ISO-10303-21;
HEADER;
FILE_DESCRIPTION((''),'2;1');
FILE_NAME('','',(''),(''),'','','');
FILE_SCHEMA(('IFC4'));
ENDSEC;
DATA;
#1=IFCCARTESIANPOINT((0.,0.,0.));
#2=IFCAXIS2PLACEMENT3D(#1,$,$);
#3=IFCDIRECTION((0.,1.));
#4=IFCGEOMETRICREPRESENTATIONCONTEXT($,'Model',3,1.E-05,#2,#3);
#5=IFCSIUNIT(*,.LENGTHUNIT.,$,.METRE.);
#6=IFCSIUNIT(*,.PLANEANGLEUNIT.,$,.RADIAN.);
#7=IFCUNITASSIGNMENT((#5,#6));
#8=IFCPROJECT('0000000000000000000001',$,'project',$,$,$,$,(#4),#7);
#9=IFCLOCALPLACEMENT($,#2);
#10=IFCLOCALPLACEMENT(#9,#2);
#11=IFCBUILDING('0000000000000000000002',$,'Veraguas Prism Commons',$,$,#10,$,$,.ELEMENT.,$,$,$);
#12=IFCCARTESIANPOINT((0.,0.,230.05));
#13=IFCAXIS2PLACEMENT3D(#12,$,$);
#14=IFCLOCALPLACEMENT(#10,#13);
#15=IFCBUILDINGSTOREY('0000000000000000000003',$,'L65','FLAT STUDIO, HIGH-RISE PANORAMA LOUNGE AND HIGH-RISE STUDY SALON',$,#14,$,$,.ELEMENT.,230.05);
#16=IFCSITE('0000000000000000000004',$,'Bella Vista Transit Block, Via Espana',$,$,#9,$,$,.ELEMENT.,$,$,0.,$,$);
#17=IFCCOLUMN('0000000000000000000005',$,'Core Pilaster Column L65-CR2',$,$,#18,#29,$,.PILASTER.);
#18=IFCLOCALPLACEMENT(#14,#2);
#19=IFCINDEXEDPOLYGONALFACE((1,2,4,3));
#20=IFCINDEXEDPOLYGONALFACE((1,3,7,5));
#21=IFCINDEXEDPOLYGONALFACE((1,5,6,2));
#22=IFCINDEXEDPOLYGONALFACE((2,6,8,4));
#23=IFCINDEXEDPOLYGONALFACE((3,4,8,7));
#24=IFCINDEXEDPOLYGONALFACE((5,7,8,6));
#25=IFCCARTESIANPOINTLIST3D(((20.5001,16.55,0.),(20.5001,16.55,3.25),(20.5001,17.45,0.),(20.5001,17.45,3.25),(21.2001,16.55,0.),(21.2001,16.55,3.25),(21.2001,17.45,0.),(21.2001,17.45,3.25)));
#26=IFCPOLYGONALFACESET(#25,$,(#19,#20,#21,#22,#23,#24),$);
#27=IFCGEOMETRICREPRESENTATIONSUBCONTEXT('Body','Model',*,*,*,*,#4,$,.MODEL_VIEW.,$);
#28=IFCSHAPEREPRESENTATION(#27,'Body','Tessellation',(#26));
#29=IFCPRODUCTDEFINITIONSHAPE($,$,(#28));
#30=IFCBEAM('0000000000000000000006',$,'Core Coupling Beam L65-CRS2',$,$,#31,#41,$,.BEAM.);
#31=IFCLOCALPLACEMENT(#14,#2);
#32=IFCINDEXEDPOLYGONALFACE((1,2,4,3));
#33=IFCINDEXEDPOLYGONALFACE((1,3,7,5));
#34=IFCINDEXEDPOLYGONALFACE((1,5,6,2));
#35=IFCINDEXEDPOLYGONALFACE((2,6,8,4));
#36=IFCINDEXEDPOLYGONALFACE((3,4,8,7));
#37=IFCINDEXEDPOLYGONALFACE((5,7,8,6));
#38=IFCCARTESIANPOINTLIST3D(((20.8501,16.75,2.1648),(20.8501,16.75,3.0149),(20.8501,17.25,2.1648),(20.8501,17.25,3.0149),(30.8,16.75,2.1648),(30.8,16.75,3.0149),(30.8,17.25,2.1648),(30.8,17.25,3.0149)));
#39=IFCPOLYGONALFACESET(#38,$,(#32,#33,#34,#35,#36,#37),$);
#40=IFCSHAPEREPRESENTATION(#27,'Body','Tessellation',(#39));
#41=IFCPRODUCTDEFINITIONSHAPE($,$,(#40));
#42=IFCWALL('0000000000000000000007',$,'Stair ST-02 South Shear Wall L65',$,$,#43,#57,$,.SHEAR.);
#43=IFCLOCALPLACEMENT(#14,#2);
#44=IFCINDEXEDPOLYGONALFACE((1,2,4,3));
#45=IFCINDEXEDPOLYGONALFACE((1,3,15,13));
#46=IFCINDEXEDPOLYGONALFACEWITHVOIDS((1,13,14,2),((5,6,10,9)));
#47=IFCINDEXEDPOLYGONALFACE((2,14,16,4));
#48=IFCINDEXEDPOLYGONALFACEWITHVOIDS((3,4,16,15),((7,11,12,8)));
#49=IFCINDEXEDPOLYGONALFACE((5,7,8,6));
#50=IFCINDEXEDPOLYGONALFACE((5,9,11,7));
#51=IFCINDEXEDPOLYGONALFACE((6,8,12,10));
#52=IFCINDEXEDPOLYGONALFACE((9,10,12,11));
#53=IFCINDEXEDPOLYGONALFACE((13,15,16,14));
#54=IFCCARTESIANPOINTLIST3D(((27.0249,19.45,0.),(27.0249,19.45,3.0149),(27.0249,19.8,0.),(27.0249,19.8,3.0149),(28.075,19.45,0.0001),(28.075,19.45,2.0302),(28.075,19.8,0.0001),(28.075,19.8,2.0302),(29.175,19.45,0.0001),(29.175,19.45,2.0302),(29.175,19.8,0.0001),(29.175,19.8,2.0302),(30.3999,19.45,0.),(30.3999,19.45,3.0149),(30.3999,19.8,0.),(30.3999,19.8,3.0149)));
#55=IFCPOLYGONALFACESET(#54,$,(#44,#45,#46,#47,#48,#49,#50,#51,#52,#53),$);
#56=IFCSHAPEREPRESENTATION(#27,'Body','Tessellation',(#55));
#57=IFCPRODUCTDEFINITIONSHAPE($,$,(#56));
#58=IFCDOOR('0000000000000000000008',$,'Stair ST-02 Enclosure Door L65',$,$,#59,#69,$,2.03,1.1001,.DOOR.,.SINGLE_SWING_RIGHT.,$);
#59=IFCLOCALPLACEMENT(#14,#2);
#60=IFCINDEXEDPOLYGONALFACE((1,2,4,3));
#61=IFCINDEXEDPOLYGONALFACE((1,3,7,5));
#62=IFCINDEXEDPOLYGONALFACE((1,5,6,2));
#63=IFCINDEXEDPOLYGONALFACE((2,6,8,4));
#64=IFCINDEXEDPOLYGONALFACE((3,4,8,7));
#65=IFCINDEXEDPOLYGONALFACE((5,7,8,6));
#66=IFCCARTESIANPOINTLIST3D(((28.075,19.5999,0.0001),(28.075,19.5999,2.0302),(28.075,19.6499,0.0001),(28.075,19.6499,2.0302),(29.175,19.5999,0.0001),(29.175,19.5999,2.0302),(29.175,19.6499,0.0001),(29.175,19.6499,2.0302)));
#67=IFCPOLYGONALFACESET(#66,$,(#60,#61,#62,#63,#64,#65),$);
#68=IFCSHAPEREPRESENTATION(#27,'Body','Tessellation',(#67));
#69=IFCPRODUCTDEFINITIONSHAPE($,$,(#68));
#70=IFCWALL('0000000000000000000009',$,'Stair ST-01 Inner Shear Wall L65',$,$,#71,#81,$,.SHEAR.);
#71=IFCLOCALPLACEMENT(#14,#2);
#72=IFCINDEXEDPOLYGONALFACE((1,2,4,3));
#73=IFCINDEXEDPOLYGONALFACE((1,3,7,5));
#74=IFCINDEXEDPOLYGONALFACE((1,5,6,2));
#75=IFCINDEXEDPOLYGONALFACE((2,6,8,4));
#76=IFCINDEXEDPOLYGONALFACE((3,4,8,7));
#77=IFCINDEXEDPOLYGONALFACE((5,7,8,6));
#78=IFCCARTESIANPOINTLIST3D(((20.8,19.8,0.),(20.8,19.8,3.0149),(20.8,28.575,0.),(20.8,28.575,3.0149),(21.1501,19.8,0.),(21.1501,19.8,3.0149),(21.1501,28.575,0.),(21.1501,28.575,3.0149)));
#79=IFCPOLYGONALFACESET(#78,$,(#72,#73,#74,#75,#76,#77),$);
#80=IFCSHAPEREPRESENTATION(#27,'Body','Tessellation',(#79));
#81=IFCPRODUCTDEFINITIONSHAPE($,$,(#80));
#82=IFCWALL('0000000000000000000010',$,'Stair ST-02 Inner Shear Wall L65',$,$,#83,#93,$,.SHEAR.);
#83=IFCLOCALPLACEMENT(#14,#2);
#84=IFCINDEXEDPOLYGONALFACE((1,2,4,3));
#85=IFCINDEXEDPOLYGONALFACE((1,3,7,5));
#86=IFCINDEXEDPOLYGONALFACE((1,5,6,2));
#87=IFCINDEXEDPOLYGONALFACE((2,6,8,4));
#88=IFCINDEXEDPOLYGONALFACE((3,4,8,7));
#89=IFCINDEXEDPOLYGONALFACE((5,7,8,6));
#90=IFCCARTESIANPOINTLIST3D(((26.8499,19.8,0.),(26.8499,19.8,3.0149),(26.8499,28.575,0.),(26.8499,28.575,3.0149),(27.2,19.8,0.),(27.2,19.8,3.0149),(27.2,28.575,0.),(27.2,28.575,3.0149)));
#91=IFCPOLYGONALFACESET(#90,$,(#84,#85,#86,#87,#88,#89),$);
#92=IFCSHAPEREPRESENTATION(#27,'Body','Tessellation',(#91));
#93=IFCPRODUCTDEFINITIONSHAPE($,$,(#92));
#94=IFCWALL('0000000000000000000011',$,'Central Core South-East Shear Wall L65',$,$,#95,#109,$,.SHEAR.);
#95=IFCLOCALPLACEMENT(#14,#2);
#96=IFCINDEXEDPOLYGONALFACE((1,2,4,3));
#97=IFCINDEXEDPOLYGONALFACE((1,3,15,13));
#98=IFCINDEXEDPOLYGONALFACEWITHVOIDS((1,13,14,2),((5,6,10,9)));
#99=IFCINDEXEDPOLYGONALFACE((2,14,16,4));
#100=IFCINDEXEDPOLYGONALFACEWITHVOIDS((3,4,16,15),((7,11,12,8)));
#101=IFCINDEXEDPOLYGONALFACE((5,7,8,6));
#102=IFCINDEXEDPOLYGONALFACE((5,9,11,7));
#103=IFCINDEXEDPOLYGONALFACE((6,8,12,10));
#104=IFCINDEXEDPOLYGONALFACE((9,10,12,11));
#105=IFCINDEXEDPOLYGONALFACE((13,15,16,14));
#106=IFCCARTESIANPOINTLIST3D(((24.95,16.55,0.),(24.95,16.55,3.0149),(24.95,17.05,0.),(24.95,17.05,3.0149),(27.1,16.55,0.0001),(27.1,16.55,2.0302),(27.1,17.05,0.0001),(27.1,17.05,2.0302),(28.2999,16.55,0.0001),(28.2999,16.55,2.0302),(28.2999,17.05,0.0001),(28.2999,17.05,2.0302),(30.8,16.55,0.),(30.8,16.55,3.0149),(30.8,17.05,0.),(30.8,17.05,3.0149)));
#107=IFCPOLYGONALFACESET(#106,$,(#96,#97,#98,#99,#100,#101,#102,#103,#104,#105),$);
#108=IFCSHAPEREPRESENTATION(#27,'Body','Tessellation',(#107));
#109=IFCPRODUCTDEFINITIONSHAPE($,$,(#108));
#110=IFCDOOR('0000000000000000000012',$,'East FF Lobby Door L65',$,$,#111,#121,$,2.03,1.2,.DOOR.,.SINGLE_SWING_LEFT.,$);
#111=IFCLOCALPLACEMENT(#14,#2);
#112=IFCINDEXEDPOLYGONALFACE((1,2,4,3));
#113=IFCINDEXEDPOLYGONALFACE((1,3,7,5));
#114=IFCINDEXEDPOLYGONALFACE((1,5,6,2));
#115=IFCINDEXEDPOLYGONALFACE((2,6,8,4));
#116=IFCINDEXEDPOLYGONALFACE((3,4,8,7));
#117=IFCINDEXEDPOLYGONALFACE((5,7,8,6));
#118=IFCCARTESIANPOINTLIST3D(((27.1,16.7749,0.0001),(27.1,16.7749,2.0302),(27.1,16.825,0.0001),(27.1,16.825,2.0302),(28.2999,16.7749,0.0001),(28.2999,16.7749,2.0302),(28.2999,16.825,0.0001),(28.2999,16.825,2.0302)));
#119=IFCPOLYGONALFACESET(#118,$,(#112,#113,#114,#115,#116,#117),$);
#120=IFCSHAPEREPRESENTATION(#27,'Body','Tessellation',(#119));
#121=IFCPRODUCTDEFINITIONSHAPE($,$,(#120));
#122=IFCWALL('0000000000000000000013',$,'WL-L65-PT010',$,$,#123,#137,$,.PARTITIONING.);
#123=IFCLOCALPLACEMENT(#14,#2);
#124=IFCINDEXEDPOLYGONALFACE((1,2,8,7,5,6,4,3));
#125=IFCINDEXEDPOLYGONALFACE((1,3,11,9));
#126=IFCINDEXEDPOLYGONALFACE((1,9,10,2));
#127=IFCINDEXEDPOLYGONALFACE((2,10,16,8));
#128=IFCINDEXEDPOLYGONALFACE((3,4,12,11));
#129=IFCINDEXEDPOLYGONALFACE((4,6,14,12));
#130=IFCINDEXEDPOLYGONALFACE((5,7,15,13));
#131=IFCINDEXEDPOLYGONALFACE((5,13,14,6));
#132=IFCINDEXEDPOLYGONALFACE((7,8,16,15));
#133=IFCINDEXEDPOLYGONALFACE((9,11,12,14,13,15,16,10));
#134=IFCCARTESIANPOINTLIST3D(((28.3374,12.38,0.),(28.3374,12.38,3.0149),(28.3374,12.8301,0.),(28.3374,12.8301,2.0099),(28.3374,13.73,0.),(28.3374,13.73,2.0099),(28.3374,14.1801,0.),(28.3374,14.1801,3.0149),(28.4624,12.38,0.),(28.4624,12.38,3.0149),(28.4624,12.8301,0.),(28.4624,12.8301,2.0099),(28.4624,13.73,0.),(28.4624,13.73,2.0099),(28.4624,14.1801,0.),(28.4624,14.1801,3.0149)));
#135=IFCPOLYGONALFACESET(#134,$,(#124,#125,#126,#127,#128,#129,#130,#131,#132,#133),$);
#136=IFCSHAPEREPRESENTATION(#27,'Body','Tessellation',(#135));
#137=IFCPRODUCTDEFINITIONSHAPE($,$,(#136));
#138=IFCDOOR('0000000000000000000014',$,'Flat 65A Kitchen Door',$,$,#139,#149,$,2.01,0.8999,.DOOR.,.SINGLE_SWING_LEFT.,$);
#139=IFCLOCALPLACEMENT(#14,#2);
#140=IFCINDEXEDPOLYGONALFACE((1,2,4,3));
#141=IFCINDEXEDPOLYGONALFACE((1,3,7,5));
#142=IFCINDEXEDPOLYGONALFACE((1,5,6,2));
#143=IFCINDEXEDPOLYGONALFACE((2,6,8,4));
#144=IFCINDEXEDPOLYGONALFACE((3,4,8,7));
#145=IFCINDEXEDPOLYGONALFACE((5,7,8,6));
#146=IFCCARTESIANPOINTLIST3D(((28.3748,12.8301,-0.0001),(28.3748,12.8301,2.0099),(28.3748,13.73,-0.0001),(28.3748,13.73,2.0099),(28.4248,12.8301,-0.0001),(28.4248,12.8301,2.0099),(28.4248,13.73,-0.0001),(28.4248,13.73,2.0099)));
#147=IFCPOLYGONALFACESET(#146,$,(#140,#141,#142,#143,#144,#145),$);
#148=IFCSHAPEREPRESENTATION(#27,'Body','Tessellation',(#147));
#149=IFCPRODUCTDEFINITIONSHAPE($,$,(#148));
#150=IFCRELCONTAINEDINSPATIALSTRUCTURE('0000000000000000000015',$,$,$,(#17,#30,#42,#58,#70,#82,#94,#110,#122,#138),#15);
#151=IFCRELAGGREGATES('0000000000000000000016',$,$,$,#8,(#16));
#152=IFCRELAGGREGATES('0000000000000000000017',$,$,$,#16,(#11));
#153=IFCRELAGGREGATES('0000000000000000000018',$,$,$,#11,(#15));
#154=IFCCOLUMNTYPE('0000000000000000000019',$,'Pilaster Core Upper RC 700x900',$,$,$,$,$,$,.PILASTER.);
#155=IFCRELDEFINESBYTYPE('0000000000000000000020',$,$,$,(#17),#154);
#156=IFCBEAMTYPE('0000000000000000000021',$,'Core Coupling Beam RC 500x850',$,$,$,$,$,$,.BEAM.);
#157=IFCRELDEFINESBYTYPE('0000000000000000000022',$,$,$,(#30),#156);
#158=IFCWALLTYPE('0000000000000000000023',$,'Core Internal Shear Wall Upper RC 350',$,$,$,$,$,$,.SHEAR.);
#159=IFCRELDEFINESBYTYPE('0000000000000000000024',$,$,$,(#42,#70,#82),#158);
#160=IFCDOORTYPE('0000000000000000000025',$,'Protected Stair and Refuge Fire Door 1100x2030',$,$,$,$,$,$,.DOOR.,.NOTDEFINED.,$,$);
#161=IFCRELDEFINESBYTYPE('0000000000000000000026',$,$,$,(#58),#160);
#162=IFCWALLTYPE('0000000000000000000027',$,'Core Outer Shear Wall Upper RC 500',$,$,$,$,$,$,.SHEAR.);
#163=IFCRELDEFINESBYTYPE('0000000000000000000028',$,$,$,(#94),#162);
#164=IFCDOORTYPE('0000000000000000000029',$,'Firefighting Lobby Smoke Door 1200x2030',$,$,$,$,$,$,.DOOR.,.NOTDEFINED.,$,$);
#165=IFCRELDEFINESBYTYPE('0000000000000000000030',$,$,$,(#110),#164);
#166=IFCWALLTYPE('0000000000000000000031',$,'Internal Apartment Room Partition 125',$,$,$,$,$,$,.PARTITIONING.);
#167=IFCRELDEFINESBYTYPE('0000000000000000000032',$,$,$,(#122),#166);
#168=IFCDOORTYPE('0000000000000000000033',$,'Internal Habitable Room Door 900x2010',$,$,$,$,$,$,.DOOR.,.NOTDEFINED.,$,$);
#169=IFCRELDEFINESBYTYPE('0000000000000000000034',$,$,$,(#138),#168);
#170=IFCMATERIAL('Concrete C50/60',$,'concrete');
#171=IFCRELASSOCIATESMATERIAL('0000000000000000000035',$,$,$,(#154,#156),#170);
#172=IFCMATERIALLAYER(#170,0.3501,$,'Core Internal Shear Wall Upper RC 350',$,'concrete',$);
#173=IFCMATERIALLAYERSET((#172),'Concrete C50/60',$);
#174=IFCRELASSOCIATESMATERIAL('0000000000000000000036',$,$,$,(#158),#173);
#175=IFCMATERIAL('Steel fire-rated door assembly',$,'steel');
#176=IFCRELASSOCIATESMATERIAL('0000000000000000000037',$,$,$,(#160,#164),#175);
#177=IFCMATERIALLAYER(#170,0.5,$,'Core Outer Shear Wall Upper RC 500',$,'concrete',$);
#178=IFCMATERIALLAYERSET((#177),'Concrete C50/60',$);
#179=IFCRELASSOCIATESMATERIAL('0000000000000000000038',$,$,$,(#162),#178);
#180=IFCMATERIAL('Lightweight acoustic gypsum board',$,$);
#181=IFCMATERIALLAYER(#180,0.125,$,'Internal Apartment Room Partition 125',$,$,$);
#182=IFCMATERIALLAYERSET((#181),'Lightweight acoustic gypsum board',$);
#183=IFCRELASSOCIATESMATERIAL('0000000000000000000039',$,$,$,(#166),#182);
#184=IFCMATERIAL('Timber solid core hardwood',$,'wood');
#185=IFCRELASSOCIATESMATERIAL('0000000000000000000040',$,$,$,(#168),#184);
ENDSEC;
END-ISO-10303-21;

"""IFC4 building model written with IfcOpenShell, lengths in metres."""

from ifc_helpers import new_model, si_unit, direction, frame, frame_2d, origin, origin_2d, place, context, subcontext, project, spatial, rectangle, extrude, source, transform, mapped, material, layer, layer_set, material_profile, profile_set, type_object, element, fill, save


model = new_model("IFC4")

# Units and contexts
model_context = context("Model", 3, precision=1e-05, world=origin(), true_north=direction((0.0, 1.0)))
body_context = subcontext(model_context, "Body", "Model", "MODEL_VIEW")
ifc_project = project(units=[si_unit("LENGTHUNIT", "METRE"), si_unit("PLANEANGLEUNIT", "RADIAN")], contexts=[model_context])

# Site, building, storey
site_placement = place(None, origin())
site = spatial("IfcSite", under=ifc_project, at=site_placement, Name="Bella Vista Transit Block, Via Espana", CompositionType="ELEMENT", RefElevation=0.0)
building_placement = place(site_placement, origin())
building = spatial("IfcBuilding", under=site, at=building_placement, Name="Veraguas Prism Commons", CompositionType="ELEMENT")
storey_placement = place(building_placement, frame((0.0, 0.0, 230.05)))
storey = spatial("IfcBuildingStorey", under=building, at=storey_placement, Name="L65", Description="FLAT STUDIO, HIGH-RISE PANORAMA LOUNGE AND HIGH-RISE STUDY SALON", CompositionType="ELEMENT", Elevation=230.05)

# Column
ifc_material_1 = material(Name="Concrete C50/60", Category="concrete")
ifc_material_profile_1 = material_profile(ifc_material_1, rectangle(XDim=0.7, YDim=0.8999, at=origin_2d()), Name="RC700X900")
ifc_profile_set_1 = profile_set([ifc_material_profile_1], Name="Concrete C50/60")
column_type = type_object("IfcColumnType", Name="Pilaster Core Upper RC 700x900", PredefinedType="PILASTER", material=ifc_profile_set_1)
column_placement = place(storey_placement, frame((20.8501, 17.0, 0.0), z_axis=(0.0, 0.0, 1.0), x_axis=(1.0, 0.0, 0.0)))
element("IfcColumn", 1, at=column_placement, inside=storey, type_object=column_type, Name="Core Pilaster Column L65-CR2", PredefinedType="PILASTER", context=body_context, shape_type="SweptSolid", body=[
    extrude(rectangle(XDim=0.7, YDim=0.8999, at=origin_2d()), origin(), (0.0, 0.0, 1.0), 3.25),
])

# Beam
ifc_material_profile_2 = material_profile(ifc_material_1, rectangle(XDim=0.5, YDim=0.8501, at=origin_2d()), Name="RC500X850")
ifc_profile_set_2 = profile_set([ifc_material_profile_2], Name="Concrete C50/60")
beam_type = type_object("IfcBeamType", Name="Core Coupling Beam RC 500x850", PredefinedType="BEAM", material=ifc_profile_set_2)
beam_placement = place(storey_placement, frame((20.8501, 17.0, 2.5898), z_axis=(1.0, 0.0, 0.0), x_axis=(0.0, 1.0, 0.0)))
element("IfcBeam", 2, at=beam_placement, inside=storey, type_object=beam_type, Name="Core Coupling Beam L65-CRS2", PredefinedType="BEAM", context=body_context, shape_type="SweptSolid", body=[
    extrude(rectangle(XDim=0.5, YDim=0.8501, at=origin_2d()), origin(), (0.0, 0.0, 1.0), 9.95),
])

# Wall, opening, door
ifc_layer_1 = layer(ifc_material_1, 0.3501, Name="Core Internal Shear Wall Upper RC 350", Category="concrete")
ifc_layer_set_1 = layer_set([ifc_layer_1], Name="Concrete C50/60")
wall_type_1 = type_object("IfcWallType", Name="Core Internal Shear Wall Upper RC 350", PredefinedType="SHEAR", material=ifc_layer_set_1)
wall_1_placement = place(storey_placement, frame((27.0249, 19.625, 0.0), z_axis=(0.0, 0.0, 1.0), x_axis=(1.0, 0.0, 0.0)))
wall_1 = element("IfcWall", 3, at=wall_1_placement, inside=storey, type_object=wall_type_1, Name="Stair ST-02 South Shear Wall L65", PredefinedType="SHEAR", context=body_context, shape_type="SweptSolid", body=[
    extrude(rectangle(XDim=3.375, YDim=0.3501, at=frame_2d((1.6875, 0.0))), origin(), (0.0, 0.0, 1.0), 3.0149),
])
opening_1_placement = place(wall_1_placement, frame((1.05, 0.0, 0.0)))
opening_1 = element("IfcOpeningElement", 4, at=opening_1_placement, cuts=wall_1, PredefinedType="OPENING", context=body_context, shape_type="SweptSolid", body=[
    extrude(rectangle(XDim=1.1001, YDim=2.03, at=frame_2d((0.55, 1.0151))), frame((0.0, 0.1851, 0.0), z_axis=(0.0, -1.0, 0.0), x_axis=(1.0, 0.0, 0.0)), (0.0, 0.0, 1.0), 0.3701),
])
ifc_material_2 = material(Name="Steel fire-rated door assembly", Category="steel")
door_type_1 = type_object("IfcDoorType", Name="Protected Stair and Refuge Fire Door 1100x2030", OperationType="NOTDEFINED", PredefinedType="DOOR", material=ifc_material_2)
shared_shape_1 = source(origin(), body_context, "Body", "SweptSolid", [
    extrude(rectangle(XDim=1.1001, YDim=2.03, at=frame_2d((0.55, 1.0151))), frame((0.0, 0.0249, 0.0), z_axis=(0.0, -1.0, 0.0), x_axis=(1.0, 0.0, 0.0)), (0.0, 0.0, 1.0), 0.05),
])
door_1_placement = place(opening_1_placement, origin())
door_1 = element("IfcDoor", 5, at=door_1_placement, inside=storey, type_object=door_type_1, Name="Stair ST-02 Enclosure Door L65", OperationType="SINGLE_SWING_RIGHT", OverallHeight=2.03, OverallWidth=1.1001, PredefinedType="DOOR", context=body_context, shape_type="MappedRepresentation", body=[
    mapped(shared_shape_1, transform((0.0, 0.0, 0.0), scale=1.0)),
])
fill(opening_1, door_1)

# Walls
for number, where, z_axis, x_axis, name in (
    (6, (20.9751, 19.8, 0.0), (0.0, 0.0, 1.0), (0.0, 1.0, 0.0), "Stair ST-01 Inner Shear Wall L65"),
    (7, (27.0249, 19.8, 0.0), (0.0, 0.0, 1.0), (0.0, 1.0, 0.0), "Stair ST-02 Inner Shear Wall L65"),
):
    element("IfcWall", number, at=place(storey_placement, frame(where, z_axis=z_axis, x_axis=x_axis)), inside=storey, type_object=wall_type_1, Name=name, PredefinedType="SHEAR", context=body_context, shape_type="SweptSolid", body=[
        extrude(rectangle(XDim=8.7749, YDim=0.3501, at=frame_2d((4.3875, 0.0))), origin(), (0.0, 0.0, 1.0), 3.0149),
    ])

# Walls, openings, doors
ifc_layer_2 = layer(ifc_material_1, 0.5, Name="Core Outer Shear Wall Upper RC 500", Category="concrete")
ifc_layer_set_2 = layer_set([ifc_layer_2], Name="Concrete C50/60")
wall_type_2 = type_object("IfcWallType", Name="Core Outer Shear Wall Upper RC 500", PredefinedType="SHEAR", material=ifc_layer_set_2)
wall_2_placement = place(storey_placement, frame((24.95, 16.8, 0.0), z_axis=(0.0, 0.0, 1.0), x_axis=(1.0, 0.0, 0.0)))
wall_2 = element("IfcWall", 8, at=wall_2_placement, inside=storey, type_object=wall_type_2, Name="Central Core South-East Shear Wall L65", PredefinedType="SHEAR", context=body_context, shape_type="SweptSolid", body=[
    extrude(rectangle(XDim=5.8501, YDim=0.5, at=frame_2d((2.925, 0.0))), origin(), (0.0, 0.0, 1.0), 3.0149),
])
opening_2_placement = place(wall_2_placement, frame((2.1499, 0.0, 0.0)))
opening_2 = element("IfcOpeningElement", 9, at=opening_2_placement, cuts=wall_2, PredefinedType="OPENING", context=body_context, shape_type="SweptSolid", body=[
    extrude(rectangle(XDim=1.2, YDim=2.03, at=frame_2d((0.6001, 1.0151))), frame((0.0, 0.26, 0.0), z_axis=(0.0, -1.0, 0.0), x_axis=(1.0, 0.0, 0.0)), (0.0, 0.0, 1.0), 0.52),
])
door_type_2 = type_object("IfcDoorType", Name="Firefighting Lobby Smoke Door 1200x2030", OperationType="NOTDEFINED", PredefinedType="DOOR", material=ifc_material_2)
shared_shape_2 = source(origin(), body_context, "Body", "SweptSolid", [
    extrude(rectangle(XDim=1.2, YDim=2.03, at=frame_2d((0.6001, 1.0151))), frame((0.0, 0.0249, 0.0), z_axis=(0.0, -1.0, 0.0), x_axis=(1.0, 0.0, 0.0)), (0.0, 0.0, 1.0), 0.05),
])
door_2_placement = place(opening_2_placement, origin())
door_2 = element("IfcDoor", 10, at=door_2_placement, inside=storey, type_object=door_type_2, Name="East FF Lobby Door L65", OperationType="SINGLE_SWING_LEFT", OverallHeight=2.03, OverallWidth=1.2, PredefinedType="DOOR", context=body_context, shape_type="MappedRepresentation", body=[
    mapped(shared_shape_2, transform((0.0, 0.0, 0.0), scale=1.0)),
])
fill(opening_2, door_2)
ifc_material_3 = material(Name="Lightweight acoustic gypsum board")
ifc_layer_3 = layer(ifc_material_3, 0.125, Name="Internal Apartment Room Partition 125")
ifc_layer_set_3 = layer_set([ifc_layer_3], Name="Lightweight acoustic gypsum board")
wall_type_3 = type_object("IfcWallType", Name="Internal Apartment Room Partition 125", PredefinedType="PARTITIONING", material=ifc_layer_set_3)
wall_3_placement = place(storey_placement, frame((28.3999, 14.1799, 0.0), z_axis=(0.0, 0.0, 1.0), x_axis=(0.0, -1.0, 0.0)))
wall_3 = element("IfcWall", 11, at=wall_3_placement, inside=storey, type_object=wall_type_3, Name="WL-L65-PT010", PredefinedType="PARTITIONING", context=body_context, shape_type="SweptSolid", body=[
    extrude(rectangle(XDim=1.8, YDim=0.125, at=frame_2d((0.8999, 0.0))), origin(), (0.0, 0.0, 1.0), 3.0149),
])
opening_3_placement = place(wall_3_placement, frame((0.45, 0.0, 0.0)))
opening_3 = element("IfcOpeningElement", 12, at=opening_3_placement, cuts=wall_3, PredefinedType="OPENING", context=body_context, shape_type="SweptSolid", body=[
    extrude(rectangle(XDim=0.8999, YDim=2.01, at=frame_2d((0.45, 1.0049))), frame((0.0, 0.0725, 0.0), z_axis=(0.0, -1.0, 0.0), x_axis=(1.0, 0.0, 0.0)), (0.0, 0.0, 1.0), 0.145),
])
ifc_material_4 = material(Name="Timber solid core hardwood", Category="wood")
door_type_3 = type_object("IfcDoorType", Name="Internal Habitable Room Door 900x2010", OperationType="NOTDEFINED", PredefinedType="DOOR", material=ifc_material_4)
shared_shape_3 = source(origin(), body_context, "Body", "SweptSolid", [
    extrude(rectangle(XDim=0.8999, YDim=2.01, at=frame_2d((0.45, 1.0049))), frame((0.0, 0.0249, 0.0), z_axis=(0.0, -1.0, 0.0), x_axis=(1.0, 0.0, 0.0)), (0.0, 0.0, 1.0), 0.05),
])
door_3_placement = place(opening_3_placement, origin())
door_3 = element("IfcDoor", 13, at=door_3_placement, inside=storey, type_object=door_type_3, Name="Flat 65A Kitchen Door", OperationType="SINGLE_SWING_LEFT", OverallHeight=2.01, OverallWidth=0.8999, PredefinedType="DOOR", context=body_context, shape_type="MappedRepresentation", body=[
    mapped(shared_shape_3, transform((0.0, 0.0, 0.0), scale=1.0)),
])
fill(opening_3, door_3)

save(model, "model.ifc")
